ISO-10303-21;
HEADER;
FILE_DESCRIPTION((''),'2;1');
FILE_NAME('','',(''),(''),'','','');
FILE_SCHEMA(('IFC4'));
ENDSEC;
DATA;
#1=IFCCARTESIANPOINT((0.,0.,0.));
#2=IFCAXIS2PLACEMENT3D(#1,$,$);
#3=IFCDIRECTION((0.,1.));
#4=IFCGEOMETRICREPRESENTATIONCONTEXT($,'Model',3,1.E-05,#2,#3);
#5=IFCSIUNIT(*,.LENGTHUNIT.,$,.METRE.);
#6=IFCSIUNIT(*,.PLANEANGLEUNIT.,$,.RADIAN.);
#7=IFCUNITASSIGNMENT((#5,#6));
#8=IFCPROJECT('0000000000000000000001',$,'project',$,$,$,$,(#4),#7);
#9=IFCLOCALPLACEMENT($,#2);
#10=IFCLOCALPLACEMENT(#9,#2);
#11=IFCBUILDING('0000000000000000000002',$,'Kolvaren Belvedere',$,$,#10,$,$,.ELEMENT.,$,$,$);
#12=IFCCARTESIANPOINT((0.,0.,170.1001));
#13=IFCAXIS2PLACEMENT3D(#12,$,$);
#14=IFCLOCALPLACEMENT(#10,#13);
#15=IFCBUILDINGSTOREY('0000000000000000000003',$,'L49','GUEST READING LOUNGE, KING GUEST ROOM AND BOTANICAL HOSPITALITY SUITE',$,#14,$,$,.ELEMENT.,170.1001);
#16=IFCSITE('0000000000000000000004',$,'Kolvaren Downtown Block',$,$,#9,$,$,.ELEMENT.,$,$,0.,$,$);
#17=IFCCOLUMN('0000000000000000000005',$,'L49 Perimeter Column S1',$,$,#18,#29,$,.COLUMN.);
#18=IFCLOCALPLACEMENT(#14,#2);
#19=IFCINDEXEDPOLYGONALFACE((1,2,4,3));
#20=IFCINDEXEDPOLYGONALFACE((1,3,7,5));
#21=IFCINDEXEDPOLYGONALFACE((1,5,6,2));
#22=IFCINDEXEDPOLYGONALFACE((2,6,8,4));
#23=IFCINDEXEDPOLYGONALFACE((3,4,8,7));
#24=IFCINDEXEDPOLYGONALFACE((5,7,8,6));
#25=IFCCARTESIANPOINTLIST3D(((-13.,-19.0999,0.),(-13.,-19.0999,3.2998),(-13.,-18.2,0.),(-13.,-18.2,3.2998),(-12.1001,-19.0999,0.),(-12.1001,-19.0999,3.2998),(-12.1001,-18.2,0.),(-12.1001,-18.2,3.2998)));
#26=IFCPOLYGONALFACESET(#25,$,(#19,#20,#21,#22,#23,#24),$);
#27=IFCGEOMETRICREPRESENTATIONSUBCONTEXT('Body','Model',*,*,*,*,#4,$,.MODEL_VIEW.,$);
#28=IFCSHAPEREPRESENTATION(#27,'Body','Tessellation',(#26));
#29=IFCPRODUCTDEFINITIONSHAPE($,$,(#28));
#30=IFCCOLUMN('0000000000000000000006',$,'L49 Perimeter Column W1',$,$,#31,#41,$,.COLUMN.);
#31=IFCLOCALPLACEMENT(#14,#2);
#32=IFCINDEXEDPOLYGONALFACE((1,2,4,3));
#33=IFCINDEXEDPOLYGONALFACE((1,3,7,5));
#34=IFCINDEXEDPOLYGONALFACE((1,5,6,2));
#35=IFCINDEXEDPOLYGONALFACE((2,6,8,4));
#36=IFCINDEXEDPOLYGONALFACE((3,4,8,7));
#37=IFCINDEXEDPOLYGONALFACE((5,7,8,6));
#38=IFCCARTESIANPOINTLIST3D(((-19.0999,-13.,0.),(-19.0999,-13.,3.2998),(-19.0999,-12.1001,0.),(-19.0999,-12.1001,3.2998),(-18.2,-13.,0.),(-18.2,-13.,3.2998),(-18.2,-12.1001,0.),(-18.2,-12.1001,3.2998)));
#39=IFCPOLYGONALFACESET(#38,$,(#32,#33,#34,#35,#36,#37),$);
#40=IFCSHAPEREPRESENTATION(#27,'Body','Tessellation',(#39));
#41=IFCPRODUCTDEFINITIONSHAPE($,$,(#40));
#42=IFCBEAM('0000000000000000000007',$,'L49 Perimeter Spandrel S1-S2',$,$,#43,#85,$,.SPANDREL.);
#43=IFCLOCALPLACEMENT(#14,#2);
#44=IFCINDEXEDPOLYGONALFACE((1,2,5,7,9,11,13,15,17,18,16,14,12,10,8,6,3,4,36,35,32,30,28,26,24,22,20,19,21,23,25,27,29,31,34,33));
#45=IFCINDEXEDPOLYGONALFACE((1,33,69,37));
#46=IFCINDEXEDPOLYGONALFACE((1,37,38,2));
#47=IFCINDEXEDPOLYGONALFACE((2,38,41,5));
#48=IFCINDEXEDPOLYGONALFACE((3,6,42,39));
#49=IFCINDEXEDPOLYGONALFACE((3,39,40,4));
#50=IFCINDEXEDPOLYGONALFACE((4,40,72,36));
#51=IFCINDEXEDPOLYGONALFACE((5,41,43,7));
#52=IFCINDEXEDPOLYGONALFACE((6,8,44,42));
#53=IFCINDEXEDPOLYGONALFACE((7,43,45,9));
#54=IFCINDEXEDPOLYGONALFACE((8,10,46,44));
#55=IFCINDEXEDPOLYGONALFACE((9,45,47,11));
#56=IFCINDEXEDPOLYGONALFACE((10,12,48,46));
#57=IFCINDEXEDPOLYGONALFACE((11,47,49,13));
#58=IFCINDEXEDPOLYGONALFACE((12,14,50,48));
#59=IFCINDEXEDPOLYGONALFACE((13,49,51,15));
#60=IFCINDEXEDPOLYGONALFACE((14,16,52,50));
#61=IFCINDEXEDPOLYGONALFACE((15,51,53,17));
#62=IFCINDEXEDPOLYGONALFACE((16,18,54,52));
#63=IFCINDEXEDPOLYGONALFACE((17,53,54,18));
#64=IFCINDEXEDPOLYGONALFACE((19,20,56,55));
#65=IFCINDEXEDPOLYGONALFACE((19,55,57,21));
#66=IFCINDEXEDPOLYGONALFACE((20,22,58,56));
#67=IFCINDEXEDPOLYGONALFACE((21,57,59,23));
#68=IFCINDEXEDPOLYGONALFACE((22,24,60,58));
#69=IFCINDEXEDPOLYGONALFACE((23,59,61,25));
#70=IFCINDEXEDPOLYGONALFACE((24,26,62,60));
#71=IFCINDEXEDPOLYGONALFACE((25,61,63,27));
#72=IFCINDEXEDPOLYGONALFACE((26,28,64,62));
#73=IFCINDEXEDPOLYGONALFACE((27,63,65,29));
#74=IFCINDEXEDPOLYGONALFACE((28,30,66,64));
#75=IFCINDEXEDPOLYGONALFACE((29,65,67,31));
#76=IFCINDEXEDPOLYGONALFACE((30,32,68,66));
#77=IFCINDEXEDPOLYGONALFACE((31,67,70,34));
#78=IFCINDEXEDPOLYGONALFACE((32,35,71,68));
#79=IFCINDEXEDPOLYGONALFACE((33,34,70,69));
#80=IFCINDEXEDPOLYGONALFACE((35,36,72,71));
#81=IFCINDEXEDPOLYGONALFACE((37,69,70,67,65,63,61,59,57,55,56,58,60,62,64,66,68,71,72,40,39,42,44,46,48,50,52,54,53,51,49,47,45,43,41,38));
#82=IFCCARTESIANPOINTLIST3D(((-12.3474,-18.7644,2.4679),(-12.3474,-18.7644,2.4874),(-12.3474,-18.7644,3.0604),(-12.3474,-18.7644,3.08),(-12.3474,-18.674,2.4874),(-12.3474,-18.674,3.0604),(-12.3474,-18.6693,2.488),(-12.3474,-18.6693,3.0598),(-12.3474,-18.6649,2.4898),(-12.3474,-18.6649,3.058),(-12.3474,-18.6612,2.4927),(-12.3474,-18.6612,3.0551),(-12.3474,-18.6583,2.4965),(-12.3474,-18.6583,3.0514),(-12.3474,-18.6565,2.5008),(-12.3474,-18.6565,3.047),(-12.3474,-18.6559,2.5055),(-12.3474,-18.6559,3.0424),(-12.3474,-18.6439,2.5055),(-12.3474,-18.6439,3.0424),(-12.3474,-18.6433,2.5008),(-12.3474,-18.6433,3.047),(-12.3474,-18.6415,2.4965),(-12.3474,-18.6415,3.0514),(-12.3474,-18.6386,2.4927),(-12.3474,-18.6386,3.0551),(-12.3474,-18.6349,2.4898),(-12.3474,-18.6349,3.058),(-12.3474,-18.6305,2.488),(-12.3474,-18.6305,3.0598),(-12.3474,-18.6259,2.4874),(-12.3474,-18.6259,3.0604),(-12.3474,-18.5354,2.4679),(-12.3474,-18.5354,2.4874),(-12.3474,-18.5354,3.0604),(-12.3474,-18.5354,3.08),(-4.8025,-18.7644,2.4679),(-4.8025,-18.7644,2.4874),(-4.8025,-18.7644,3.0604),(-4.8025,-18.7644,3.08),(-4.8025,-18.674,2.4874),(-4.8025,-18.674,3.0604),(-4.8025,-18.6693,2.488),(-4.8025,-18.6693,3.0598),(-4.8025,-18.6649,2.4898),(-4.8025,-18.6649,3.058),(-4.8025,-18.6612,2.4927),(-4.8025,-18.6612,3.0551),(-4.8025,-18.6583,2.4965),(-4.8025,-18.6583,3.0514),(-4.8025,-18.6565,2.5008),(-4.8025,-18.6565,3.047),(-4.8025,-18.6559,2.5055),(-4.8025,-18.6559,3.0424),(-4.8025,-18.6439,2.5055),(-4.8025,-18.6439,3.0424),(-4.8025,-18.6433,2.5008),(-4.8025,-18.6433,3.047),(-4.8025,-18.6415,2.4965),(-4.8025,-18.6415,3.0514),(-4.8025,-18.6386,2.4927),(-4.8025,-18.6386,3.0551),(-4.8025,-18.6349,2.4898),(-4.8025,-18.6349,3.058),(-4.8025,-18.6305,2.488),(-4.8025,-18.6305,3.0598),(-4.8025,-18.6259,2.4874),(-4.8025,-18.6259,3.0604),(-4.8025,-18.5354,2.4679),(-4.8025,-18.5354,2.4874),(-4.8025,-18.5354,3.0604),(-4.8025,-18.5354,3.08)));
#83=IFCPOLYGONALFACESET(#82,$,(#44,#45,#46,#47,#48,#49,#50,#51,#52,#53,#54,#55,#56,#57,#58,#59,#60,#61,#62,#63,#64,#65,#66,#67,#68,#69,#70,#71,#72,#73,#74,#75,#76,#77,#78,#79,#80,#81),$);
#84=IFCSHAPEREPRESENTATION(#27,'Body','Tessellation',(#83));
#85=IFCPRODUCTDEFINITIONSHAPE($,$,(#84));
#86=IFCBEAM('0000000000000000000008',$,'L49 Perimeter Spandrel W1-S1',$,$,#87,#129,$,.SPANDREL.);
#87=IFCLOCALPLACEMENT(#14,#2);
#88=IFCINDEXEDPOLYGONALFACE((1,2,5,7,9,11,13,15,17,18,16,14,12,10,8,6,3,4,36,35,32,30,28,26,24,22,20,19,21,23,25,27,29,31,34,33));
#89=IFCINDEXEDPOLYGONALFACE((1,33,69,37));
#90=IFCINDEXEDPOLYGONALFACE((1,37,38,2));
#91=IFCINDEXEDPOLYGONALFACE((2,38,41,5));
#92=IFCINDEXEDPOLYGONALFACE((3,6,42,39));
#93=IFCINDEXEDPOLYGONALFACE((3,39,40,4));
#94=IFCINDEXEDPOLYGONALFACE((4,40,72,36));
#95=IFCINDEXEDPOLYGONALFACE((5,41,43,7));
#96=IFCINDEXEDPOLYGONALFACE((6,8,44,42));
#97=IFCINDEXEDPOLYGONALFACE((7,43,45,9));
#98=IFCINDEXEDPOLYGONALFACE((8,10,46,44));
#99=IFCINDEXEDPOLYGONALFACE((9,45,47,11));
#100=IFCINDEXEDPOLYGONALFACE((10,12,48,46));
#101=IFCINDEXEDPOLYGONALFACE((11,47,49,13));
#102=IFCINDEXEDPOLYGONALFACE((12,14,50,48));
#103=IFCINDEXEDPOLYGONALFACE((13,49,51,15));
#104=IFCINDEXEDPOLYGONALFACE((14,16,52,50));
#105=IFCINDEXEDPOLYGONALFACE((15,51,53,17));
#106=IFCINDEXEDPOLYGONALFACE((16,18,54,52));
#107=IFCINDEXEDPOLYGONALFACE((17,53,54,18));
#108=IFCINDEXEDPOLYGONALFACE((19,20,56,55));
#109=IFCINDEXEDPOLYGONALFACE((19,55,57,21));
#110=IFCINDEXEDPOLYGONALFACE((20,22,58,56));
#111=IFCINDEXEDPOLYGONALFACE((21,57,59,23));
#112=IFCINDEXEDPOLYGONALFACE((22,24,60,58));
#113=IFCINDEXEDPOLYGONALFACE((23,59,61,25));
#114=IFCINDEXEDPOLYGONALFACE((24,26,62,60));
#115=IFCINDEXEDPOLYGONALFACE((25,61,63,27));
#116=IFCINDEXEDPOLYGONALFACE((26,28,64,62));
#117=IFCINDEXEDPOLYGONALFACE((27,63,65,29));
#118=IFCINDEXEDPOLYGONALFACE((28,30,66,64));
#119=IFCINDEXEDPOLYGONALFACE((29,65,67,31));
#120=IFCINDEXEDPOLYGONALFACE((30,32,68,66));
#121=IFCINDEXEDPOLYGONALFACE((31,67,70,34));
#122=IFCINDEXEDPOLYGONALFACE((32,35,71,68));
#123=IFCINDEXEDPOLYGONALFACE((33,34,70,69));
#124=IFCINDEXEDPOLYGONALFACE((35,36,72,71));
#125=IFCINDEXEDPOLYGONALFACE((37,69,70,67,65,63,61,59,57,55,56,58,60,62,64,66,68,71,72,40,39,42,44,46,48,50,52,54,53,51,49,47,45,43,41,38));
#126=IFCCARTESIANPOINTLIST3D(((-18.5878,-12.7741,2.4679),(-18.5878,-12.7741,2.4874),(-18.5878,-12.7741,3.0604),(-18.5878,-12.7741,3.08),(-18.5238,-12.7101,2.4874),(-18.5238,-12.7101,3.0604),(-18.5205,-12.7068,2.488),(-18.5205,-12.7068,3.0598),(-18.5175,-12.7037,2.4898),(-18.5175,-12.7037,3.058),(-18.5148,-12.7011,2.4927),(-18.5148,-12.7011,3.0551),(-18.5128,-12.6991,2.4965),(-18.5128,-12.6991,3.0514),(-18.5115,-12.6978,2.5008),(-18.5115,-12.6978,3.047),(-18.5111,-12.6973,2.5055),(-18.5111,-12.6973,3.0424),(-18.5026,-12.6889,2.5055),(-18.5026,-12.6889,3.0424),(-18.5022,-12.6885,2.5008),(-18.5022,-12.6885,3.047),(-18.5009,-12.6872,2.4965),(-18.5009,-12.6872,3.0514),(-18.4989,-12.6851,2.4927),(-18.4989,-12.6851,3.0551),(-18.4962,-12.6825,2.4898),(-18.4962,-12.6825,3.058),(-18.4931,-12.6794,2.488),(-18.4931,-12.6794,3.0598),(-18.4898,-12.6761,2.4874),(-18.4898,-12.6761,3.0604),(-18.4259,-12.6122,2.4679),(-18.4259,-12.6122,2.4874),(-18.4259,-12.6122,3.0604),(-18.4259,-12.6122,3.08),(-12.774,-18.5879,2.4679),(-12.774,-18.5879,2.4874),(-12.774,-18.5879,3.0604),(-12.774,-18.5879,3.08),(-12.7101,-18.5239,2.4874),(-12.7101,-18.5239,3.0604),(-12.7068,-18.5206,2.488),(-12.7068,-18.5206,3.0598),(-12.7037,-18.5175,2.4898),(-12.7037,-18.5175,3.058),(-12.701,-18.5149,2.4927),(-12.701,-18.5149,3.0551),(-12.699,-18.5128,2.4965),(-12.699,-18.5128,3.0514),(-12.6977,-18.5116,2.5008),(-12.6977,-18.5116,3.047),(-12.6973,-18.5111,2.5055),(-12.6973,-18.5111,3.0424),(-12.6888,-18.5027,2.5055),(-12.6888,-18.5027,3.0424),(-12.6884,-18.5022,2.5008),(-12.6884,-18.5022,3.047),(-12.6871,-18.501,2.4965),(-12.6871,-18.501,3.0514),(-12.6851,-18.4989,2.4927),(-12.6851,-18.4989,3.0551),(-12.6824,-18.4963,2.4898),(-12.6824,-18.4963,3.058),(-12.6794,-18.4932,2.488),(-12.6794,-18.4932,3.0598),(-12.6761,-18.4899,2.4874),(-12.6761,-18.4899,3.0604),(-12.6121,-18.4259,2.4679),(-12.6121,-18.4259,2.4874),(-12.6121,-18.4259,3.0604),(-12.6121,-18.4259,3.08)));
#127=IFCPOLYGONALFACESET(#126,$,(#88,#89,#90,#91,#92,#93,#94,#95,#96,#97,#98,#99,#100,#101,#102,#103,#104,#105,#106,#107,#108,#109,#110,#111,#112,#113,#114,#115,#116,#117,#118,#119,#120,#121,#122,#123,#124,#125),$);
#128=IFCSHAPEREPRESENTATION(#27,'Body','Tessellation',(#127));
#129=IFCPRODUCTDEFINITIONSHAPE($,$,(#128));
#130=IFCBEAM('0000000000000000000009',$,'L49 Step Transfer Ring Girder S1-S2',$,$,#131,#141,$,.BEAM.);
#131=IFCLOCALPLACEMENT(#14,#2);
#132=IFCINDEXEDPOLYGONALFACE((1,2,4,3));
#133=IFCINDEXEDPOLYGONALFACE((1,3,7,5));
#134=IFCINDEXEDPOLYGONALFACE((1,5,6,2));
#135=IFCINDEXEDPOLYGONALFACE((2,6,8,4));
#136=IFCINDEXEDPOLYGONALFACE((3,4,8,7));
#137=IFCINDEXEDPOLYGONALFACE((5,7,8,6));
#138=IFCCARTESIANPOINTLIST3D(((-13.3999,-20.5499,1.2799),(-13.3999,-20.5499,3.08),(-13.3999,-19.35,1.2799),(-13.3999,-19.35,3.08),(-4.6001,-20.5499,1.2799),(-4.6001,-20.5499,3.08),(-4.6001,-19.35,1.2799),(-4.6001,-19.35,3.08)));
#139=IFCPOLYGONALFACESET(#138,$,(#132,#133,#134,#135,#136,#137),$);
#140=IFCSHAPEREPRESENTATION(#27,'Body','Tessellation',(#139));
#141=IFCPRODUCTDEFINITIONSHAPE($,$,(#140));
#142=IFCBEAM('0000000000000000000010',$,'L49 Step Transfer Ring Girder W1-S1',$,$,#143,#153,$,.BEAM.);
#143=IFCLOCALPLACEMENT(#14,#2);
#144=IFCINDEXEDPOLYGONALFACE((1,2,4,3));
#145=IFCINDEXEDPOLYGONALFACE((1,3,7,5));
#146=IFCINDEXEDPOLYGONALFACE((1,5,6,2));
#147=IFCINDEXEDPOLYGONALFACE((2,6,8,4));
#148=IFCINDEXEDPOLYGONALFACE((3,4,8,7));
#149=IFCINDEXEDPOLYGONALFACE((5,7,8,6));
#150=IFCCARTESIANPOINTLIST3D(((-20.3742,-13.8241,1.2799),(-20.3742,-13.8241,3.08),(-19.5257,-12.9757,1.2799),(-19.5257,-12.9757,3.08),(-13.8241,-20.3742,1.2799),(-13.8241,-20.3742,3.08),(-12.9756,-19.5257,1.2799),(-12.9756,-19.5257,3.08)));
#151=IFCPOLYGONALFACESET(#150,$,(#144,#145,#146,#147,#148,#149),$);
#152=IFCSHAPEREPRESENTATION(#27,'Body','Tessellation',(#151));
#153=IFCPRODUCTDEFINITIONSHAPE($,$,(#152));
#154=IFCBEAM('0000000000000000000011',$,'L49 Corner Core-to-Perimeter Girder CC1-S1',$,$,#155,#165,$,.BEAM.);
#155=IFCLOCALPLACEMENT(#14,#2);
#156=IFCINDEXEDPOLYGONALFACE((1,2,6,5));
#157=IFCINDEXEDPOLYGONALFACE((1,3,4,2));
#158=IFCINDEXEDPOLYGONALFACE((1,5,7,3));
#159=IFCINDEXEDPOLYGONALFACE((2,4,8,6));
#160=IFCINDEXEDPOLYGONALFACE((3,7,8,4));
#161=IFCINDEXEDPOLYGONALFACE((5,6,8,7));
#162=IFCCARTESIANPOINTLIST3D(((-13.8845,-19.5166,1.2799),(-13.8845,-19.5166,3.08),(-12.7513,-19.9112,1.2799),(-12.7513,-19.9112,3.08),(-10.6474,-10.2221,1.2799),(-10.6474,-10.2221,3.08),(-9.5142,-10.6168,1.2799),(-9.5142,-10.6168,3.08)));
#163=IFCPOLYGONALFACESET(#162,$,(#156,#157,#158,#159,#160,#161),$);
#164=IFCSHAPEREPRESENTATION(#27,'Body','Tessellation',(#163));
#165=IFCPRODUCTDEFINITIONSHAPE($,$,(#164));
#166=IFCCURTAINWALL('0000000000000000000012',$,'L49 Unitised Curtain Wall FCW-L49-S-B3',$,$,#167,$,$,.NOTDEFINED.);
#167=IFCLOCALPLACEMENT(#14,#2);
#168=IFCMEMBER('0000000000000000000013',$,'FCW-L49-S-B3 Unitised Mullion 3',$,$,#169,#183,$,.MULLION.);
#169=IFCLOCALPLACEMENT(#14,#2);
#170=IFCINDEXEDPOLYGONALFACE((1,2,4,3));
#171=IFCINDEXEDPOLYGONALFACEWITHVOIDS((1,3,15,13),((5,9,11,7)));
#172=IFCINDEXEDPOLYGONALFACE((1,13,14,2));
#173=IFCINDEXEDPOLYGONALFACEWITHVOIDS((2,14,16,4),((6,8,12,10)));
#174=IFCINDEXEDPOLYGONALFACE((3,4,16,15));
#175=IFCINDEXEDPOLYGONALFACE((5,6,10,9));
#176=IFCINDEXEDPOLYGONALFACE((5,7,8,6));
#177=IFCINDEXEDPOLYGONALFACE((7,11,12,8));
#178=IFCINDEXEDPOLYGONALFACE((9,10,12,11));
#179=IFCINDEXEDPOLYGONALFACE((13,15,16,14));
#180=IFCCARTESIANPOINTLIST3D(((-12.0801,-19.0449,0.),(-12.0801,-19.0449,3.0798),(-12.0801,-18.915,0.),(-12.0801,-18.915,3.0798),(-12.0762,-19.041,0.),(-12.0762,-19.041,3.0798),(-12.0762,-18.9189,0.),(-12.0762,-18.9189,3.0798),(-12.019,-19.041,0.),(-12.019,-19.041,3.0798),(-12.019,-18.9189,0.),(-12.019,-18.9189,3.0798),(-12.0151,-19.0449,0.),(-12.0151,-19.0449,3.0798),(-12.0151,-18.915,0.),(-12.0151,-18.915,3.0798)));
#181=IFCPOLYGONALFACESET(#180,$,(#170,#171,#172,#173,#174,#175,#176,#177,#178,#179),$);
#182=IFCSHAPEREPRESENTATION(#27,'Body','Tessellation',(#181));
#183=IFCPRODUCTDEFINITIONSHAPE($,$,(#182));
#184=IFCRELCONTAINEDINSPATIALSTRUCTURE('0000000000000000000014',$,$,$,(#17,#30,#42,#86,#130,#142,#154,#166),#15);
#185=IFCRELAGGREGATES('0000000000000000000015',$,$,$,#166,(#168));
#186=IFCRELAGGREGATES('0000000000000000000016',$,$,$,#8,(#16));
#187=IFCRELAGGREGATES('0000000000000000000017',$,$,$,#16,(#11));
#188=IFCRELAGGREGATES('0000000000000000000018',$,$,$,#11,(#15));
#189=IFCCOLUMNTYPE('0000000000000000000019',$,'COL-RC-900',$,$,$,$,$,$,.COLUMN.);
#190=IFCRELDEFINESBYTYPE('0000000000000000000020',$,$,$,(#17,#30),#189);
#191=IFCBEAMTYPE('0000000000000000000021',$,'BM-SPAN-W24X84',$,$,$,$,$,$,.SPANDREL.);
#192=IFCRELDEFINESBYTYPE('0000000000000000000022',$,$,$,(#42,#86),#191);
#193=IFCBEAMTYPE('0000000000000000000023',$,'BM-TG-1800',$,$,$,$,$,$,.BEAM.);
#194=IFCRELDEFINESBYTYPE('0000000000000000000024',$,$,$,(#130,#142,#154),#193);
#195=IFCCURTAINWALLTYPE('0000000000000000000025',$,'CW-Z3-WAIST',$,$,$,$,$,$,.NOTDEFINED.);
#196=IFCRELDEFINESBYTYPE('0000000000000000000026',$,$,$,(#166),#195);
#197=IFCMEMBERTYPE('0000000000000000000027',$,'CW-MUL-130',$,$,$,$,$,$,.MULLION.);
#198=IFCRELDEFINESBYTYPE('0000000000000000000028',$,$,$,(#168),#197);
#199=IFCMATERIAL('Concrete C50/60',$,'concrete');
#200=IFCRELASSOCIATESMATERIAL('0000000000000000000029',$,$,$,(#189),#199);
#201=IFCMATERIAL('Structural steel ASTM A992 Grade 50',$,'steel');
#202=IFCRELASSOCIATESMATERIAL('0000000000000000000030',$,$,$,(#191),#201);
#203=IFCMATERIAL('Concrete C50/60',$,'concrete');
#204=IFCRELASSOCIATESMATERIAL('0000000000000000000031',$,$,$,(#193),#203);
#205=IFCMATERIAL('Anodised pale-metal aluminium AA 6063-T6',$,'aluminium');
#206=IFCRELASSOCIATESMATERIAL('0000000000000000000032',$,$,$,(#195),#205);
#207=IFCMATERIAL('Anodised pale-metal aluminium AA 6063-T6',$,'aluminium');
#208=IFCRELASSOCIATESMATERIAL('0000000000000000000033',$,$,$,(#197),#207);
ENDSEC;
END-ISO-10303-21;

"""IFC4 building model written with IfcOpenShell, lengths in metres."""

from ifc_helpers import new_model, si_unit, direction, frame, origin, origin_2d, place, context, subcontext, project, spatial, rectangle, hollow_rectangle, i_section, extrude, material, material_profile, profile_set, type_object, element, aggregate, save


model = new_model("IFC4")

# Units and contexts
model_context = context("Model", 3, precision=1e-05, world=origin(), true_north=direction((0.0, 1.0)))
body_context = subcontext(model_context, "Body", "Model", "MODEL_VIEW")
ifc_project = project(units=[si_unit("LENGTHUNIT", "METRE"), si_unit("PLANEANGLEUNIT", "RADIAN")], contexts=[model_context])

# Site, building, storey
site_placement = place(None, origin())
site = spatial("IfcSite", under=ifc_project, at=site_placement, Name="Kolvaren Downtown Block", CompositionType="ELEMENT", RefElevation=0.0)
building_placement = place(site_placement, origin())
building = spatial("IfcBuilding", under=site, at=building_placement, Name="Kolvaren Belvedere", CompositionType="ELEMENT")
storey_placement = place(building_placement, frame((0.0, 0.0, 170.1001)))
storey = spatial("IfcBuildingStorey", under=building, at=storey_placement, Name="L49", Description="GUEST READING LOUNGE, KING GUEST ROOM AND BOTANICAL HOSPITALITY SUITE", CompositionType="ELEMENT", Elevation=170.1001)

# Columns
ifc_material_1 = material(Name="Concrete C50/60", Category="concrete")
ifc_material_profile_1 = material_profile(ifc_material_1, rectangle(XDim=0.8999, YDim=0.8999, at=origin_2d()), Name="RC 900X900")
ifc_profile_set_1 = profile_set([ifc_material_profile_1], Name="Concrete C50/60")
column_type = type_object("IfcColumnType", Name="COL-RC-900", PredefinedType="COLUMN", material=ifc_profile_set_1)
for number, where, z_axis, x_axis, name in (
    (1, (-12.55, -18.6499, 0.0), (0.0, 0.0, 1.0), (1.0, 0.0, 0.0), "L49 Perimeter Column S1"),
    (2, (-18.6499, -12.55, 0.0), (0.0, 0.0, 1.0), (1.0, 0.0, 0.0), "L49 Perimeter Column W1"),
):
    element("IfcColumn", number, at=place(storey_placement, frame(where, z_axis=z_axis, x_axis=x_axis)), inside=storey, type_object=column_type, Name=name, PredefinedType="COLUMN", context=body_context, shape_type="SweptSolid", body=[
        extrude(rectangle(XDim=0.8999, YDim=0.8999, at=origin_2d()), origin(), (0.0, 0.0, 1.0), 3.2998),
    ])

# Beams
ifc_material_2 = material(Name="Structural steel ASTM A992 Grade 50", Category="steel")
ifc_material_profile_2 = material_profile(ifc_material_2, i_section(OverallWidth=0.229, OverallDepth=0.6121, WebThickness=0.012, FlangeThickness=0.0195, FilletRadius=0.0181, at=origin_2d()), Name="W24X84")
ifc_profile_set_2 = profile_set([ifc_material_profile_2], Name="Structural steel ASTM A992 Grade 50")
beam_type_1 = type_object("IfcBeamType", Name="BM-SPAN-W24X84", PredefinedType="SPANDREL", material=ifc_profile_set_2)
beam_1_placement = place(storey_placement, frame((-12.3474, -18.6499, 2.7739), z_axis=(1.0, 0.0, 0.0), x_axis=(0.0, 1.0, 0.0)))
element("IfcBeam", 3, at=beam_1_placement, inside=storey, type_object=beam_type_1, Name="L49 Perimeter Spandrel S1-S2", PredefinedType="SPANDREL", context=body_context, shape_type="SweptSolid", body=[
    extrude(i_section(OverallWidth=0.229, OverallDepth=0.6121, WebThickness=0.012, FlangeThickness=0.0195, FilletRadius=0.0181, at=origin_2d()), origin(), (0.0, 0.0, 1.0), 7.5449),
])
beam_2_placement = place(storey_placement, frame((-18.5068, -12.6931, 2.7739), z_axis=(0.707107, -0.707107, 0.0), x_axis=(0.707107, 0.707107, 0.0)))
element("IfcBeam", 4, at=beam_2_placement, inside=storey, type_object=beam_type_1, Name="L49 Perimeter Spandrel W1-S1", PredefinedType="SPANDREL", context=body_context, shape_type="SweptSolid", body=[
    extrude(i_section(OverallWidth=0.229, OverallDepth=0.6121, WebThickness=0.012, FlangeThickness=0.0195, FilletRadius=0.0181, at=origin_2d()), origin(), (0.0, 0.0, 1.0), 8.2219),
])
ifc_material_3 = material(Name="Concrete C50/60", Category="concrete")
ifc_material_profile_3 = material_profile(ifc_material_3, rectangle(XDim=1.2, YDim=1.8, at=origin_2d()), Name="RC 1200X1800")
ifc_profile_set_3 = profile_set([ifc_material_profile_3], Name="Concrete C50/60")
beam_type_2 = type_object("IfcBeamType", Name="BM-TG-1800", PredefinedType="BEAM", material=ifc_profile_set_3)
beam_3_placement = place(storey_placement, frame((-13.3999, -19.95, 2.1799), z_axis=(1.0, 0.0, 0.0), x_axis=(0.0, 1.0, 0.0)))
element("IfcBeam", 5, at=beam_3_placement, inside=storey, type_object=beam_type_2, Name="L49 Step Transfer Ring Girder S1-S2", PredefinedType="BEAM", context=body_context, shape_type="SweptSolid", body=[
    extrude(rectangle(XDim=1.2, YDim=1.8, at=origin_2d()), origin(), (0.0, 0.0, 1.0), 8.7998),
])
beam_4_placement = place(storey_placement, frame((-19.95, -13.3999, 2.1799), z_axis=(0.707107, -0.707107, 0.0), x_axis=(0.707107, 0.707107, 0.0)))
element("IfcBeam", 6, at=beam_4_placement, inside=storey, type_object=beam_type_2, Name="L49 Step Transfer Ring Girder W1-S1", PredefinedType="BEAM", context=body_context, shape_type="SweptSolid", body=[
    extrude(rectangle(XDim=1.2, YDim=1.8, at=origin_2d()), origin(), (0.0, 0.0, 1.0), 9.2632),
])
beam_5_placement = place(storey_placement, frame((-10.0808, -10.4194, 2.1799), z_axis=(-0.328903, -0.944364, 0.0), x_axis=(0.944364, -0.328903, 0.0)))
element("IfcBeam", 7, at=beam_5_placement, inside=storey, type_object=beam_type_2, Name="L49 Corner Core-to-Perimeter Girder CC1-S1", PredefinedType="BEAM", context=body_context, shape_type="SweptSolid", body=[
    extrude(rectangle(XDim=1.2, YDim=1.8, at=origin_2d()), origin(), (0.0, 0.0, 1.0), 9.842),
])

# Curtain wall, member
ifc_material_4 = material(Name="Anodised pale-metal aluminium AA 6063-T6", Category="aluminium")
curtain_wall_type = type_object("IfcCurtainWallType", Name="CW-Z3-WAIST", PredefinedType="NOTDEFINED", material=ifc_material_4)
curtain_wall_1_placement = place(storey_placement, origin())
curtain_wall_1 = element("IfcCurtainWall", 8, at=curtain_wall_1_placement, inside=storey, type_object=curtain_wall_type, Name="L49 Unitised Curtain Wall FCW-L49-S-B3", PredefinedType="NOTDEFINED")
ifc_material_5 = material(Name="Anodised pale-metal aluminium AA 6063-T6", Category="aluminium")
ifc_material_profile_4 = material_profile(ifc_material_5, hollow_rectangle(XDim=0.0649, YDim=0.1299, WallThickness=0.0039, at=origin_2d()), Name="ALU-MUL-130X65")
ifc_profile_set_4 = profile_set([ifc_material_profile_4], Name="Anodised pale-metal aluminium AA 6063-T6")
member_type_1 = type_object("IfcMemberType", Name="CW-MUL-130", PredefinedType="MULLION", material=ifc_profile_set_4)
member_1_placement = place(storey_placement, frame((-12.0476, -18.98, 0.0), z_axis=(0.0, 0.0, 1.0), x_axis=(1.0, 0.0, 0.0)))
member_1 = element("IfcMember", 9, at=member_1_placement, type_object=member_type_1, Name="FCW-L49-S-B3 Unitised Mullion 3", PredefinedType="MULLION", context=body_context, shape_type="SweptSolid", body=[
    extrude(hollow_rectangle(XDim=0.0649, YDim=0.1299, WallThickness=0.0039, at=origin_2d()), origin(), (0.0, 0.0, 1.0), 3.0798),
])

aggregate(curtain_wall_1, [member_1])

save(model, "model.ifc")
